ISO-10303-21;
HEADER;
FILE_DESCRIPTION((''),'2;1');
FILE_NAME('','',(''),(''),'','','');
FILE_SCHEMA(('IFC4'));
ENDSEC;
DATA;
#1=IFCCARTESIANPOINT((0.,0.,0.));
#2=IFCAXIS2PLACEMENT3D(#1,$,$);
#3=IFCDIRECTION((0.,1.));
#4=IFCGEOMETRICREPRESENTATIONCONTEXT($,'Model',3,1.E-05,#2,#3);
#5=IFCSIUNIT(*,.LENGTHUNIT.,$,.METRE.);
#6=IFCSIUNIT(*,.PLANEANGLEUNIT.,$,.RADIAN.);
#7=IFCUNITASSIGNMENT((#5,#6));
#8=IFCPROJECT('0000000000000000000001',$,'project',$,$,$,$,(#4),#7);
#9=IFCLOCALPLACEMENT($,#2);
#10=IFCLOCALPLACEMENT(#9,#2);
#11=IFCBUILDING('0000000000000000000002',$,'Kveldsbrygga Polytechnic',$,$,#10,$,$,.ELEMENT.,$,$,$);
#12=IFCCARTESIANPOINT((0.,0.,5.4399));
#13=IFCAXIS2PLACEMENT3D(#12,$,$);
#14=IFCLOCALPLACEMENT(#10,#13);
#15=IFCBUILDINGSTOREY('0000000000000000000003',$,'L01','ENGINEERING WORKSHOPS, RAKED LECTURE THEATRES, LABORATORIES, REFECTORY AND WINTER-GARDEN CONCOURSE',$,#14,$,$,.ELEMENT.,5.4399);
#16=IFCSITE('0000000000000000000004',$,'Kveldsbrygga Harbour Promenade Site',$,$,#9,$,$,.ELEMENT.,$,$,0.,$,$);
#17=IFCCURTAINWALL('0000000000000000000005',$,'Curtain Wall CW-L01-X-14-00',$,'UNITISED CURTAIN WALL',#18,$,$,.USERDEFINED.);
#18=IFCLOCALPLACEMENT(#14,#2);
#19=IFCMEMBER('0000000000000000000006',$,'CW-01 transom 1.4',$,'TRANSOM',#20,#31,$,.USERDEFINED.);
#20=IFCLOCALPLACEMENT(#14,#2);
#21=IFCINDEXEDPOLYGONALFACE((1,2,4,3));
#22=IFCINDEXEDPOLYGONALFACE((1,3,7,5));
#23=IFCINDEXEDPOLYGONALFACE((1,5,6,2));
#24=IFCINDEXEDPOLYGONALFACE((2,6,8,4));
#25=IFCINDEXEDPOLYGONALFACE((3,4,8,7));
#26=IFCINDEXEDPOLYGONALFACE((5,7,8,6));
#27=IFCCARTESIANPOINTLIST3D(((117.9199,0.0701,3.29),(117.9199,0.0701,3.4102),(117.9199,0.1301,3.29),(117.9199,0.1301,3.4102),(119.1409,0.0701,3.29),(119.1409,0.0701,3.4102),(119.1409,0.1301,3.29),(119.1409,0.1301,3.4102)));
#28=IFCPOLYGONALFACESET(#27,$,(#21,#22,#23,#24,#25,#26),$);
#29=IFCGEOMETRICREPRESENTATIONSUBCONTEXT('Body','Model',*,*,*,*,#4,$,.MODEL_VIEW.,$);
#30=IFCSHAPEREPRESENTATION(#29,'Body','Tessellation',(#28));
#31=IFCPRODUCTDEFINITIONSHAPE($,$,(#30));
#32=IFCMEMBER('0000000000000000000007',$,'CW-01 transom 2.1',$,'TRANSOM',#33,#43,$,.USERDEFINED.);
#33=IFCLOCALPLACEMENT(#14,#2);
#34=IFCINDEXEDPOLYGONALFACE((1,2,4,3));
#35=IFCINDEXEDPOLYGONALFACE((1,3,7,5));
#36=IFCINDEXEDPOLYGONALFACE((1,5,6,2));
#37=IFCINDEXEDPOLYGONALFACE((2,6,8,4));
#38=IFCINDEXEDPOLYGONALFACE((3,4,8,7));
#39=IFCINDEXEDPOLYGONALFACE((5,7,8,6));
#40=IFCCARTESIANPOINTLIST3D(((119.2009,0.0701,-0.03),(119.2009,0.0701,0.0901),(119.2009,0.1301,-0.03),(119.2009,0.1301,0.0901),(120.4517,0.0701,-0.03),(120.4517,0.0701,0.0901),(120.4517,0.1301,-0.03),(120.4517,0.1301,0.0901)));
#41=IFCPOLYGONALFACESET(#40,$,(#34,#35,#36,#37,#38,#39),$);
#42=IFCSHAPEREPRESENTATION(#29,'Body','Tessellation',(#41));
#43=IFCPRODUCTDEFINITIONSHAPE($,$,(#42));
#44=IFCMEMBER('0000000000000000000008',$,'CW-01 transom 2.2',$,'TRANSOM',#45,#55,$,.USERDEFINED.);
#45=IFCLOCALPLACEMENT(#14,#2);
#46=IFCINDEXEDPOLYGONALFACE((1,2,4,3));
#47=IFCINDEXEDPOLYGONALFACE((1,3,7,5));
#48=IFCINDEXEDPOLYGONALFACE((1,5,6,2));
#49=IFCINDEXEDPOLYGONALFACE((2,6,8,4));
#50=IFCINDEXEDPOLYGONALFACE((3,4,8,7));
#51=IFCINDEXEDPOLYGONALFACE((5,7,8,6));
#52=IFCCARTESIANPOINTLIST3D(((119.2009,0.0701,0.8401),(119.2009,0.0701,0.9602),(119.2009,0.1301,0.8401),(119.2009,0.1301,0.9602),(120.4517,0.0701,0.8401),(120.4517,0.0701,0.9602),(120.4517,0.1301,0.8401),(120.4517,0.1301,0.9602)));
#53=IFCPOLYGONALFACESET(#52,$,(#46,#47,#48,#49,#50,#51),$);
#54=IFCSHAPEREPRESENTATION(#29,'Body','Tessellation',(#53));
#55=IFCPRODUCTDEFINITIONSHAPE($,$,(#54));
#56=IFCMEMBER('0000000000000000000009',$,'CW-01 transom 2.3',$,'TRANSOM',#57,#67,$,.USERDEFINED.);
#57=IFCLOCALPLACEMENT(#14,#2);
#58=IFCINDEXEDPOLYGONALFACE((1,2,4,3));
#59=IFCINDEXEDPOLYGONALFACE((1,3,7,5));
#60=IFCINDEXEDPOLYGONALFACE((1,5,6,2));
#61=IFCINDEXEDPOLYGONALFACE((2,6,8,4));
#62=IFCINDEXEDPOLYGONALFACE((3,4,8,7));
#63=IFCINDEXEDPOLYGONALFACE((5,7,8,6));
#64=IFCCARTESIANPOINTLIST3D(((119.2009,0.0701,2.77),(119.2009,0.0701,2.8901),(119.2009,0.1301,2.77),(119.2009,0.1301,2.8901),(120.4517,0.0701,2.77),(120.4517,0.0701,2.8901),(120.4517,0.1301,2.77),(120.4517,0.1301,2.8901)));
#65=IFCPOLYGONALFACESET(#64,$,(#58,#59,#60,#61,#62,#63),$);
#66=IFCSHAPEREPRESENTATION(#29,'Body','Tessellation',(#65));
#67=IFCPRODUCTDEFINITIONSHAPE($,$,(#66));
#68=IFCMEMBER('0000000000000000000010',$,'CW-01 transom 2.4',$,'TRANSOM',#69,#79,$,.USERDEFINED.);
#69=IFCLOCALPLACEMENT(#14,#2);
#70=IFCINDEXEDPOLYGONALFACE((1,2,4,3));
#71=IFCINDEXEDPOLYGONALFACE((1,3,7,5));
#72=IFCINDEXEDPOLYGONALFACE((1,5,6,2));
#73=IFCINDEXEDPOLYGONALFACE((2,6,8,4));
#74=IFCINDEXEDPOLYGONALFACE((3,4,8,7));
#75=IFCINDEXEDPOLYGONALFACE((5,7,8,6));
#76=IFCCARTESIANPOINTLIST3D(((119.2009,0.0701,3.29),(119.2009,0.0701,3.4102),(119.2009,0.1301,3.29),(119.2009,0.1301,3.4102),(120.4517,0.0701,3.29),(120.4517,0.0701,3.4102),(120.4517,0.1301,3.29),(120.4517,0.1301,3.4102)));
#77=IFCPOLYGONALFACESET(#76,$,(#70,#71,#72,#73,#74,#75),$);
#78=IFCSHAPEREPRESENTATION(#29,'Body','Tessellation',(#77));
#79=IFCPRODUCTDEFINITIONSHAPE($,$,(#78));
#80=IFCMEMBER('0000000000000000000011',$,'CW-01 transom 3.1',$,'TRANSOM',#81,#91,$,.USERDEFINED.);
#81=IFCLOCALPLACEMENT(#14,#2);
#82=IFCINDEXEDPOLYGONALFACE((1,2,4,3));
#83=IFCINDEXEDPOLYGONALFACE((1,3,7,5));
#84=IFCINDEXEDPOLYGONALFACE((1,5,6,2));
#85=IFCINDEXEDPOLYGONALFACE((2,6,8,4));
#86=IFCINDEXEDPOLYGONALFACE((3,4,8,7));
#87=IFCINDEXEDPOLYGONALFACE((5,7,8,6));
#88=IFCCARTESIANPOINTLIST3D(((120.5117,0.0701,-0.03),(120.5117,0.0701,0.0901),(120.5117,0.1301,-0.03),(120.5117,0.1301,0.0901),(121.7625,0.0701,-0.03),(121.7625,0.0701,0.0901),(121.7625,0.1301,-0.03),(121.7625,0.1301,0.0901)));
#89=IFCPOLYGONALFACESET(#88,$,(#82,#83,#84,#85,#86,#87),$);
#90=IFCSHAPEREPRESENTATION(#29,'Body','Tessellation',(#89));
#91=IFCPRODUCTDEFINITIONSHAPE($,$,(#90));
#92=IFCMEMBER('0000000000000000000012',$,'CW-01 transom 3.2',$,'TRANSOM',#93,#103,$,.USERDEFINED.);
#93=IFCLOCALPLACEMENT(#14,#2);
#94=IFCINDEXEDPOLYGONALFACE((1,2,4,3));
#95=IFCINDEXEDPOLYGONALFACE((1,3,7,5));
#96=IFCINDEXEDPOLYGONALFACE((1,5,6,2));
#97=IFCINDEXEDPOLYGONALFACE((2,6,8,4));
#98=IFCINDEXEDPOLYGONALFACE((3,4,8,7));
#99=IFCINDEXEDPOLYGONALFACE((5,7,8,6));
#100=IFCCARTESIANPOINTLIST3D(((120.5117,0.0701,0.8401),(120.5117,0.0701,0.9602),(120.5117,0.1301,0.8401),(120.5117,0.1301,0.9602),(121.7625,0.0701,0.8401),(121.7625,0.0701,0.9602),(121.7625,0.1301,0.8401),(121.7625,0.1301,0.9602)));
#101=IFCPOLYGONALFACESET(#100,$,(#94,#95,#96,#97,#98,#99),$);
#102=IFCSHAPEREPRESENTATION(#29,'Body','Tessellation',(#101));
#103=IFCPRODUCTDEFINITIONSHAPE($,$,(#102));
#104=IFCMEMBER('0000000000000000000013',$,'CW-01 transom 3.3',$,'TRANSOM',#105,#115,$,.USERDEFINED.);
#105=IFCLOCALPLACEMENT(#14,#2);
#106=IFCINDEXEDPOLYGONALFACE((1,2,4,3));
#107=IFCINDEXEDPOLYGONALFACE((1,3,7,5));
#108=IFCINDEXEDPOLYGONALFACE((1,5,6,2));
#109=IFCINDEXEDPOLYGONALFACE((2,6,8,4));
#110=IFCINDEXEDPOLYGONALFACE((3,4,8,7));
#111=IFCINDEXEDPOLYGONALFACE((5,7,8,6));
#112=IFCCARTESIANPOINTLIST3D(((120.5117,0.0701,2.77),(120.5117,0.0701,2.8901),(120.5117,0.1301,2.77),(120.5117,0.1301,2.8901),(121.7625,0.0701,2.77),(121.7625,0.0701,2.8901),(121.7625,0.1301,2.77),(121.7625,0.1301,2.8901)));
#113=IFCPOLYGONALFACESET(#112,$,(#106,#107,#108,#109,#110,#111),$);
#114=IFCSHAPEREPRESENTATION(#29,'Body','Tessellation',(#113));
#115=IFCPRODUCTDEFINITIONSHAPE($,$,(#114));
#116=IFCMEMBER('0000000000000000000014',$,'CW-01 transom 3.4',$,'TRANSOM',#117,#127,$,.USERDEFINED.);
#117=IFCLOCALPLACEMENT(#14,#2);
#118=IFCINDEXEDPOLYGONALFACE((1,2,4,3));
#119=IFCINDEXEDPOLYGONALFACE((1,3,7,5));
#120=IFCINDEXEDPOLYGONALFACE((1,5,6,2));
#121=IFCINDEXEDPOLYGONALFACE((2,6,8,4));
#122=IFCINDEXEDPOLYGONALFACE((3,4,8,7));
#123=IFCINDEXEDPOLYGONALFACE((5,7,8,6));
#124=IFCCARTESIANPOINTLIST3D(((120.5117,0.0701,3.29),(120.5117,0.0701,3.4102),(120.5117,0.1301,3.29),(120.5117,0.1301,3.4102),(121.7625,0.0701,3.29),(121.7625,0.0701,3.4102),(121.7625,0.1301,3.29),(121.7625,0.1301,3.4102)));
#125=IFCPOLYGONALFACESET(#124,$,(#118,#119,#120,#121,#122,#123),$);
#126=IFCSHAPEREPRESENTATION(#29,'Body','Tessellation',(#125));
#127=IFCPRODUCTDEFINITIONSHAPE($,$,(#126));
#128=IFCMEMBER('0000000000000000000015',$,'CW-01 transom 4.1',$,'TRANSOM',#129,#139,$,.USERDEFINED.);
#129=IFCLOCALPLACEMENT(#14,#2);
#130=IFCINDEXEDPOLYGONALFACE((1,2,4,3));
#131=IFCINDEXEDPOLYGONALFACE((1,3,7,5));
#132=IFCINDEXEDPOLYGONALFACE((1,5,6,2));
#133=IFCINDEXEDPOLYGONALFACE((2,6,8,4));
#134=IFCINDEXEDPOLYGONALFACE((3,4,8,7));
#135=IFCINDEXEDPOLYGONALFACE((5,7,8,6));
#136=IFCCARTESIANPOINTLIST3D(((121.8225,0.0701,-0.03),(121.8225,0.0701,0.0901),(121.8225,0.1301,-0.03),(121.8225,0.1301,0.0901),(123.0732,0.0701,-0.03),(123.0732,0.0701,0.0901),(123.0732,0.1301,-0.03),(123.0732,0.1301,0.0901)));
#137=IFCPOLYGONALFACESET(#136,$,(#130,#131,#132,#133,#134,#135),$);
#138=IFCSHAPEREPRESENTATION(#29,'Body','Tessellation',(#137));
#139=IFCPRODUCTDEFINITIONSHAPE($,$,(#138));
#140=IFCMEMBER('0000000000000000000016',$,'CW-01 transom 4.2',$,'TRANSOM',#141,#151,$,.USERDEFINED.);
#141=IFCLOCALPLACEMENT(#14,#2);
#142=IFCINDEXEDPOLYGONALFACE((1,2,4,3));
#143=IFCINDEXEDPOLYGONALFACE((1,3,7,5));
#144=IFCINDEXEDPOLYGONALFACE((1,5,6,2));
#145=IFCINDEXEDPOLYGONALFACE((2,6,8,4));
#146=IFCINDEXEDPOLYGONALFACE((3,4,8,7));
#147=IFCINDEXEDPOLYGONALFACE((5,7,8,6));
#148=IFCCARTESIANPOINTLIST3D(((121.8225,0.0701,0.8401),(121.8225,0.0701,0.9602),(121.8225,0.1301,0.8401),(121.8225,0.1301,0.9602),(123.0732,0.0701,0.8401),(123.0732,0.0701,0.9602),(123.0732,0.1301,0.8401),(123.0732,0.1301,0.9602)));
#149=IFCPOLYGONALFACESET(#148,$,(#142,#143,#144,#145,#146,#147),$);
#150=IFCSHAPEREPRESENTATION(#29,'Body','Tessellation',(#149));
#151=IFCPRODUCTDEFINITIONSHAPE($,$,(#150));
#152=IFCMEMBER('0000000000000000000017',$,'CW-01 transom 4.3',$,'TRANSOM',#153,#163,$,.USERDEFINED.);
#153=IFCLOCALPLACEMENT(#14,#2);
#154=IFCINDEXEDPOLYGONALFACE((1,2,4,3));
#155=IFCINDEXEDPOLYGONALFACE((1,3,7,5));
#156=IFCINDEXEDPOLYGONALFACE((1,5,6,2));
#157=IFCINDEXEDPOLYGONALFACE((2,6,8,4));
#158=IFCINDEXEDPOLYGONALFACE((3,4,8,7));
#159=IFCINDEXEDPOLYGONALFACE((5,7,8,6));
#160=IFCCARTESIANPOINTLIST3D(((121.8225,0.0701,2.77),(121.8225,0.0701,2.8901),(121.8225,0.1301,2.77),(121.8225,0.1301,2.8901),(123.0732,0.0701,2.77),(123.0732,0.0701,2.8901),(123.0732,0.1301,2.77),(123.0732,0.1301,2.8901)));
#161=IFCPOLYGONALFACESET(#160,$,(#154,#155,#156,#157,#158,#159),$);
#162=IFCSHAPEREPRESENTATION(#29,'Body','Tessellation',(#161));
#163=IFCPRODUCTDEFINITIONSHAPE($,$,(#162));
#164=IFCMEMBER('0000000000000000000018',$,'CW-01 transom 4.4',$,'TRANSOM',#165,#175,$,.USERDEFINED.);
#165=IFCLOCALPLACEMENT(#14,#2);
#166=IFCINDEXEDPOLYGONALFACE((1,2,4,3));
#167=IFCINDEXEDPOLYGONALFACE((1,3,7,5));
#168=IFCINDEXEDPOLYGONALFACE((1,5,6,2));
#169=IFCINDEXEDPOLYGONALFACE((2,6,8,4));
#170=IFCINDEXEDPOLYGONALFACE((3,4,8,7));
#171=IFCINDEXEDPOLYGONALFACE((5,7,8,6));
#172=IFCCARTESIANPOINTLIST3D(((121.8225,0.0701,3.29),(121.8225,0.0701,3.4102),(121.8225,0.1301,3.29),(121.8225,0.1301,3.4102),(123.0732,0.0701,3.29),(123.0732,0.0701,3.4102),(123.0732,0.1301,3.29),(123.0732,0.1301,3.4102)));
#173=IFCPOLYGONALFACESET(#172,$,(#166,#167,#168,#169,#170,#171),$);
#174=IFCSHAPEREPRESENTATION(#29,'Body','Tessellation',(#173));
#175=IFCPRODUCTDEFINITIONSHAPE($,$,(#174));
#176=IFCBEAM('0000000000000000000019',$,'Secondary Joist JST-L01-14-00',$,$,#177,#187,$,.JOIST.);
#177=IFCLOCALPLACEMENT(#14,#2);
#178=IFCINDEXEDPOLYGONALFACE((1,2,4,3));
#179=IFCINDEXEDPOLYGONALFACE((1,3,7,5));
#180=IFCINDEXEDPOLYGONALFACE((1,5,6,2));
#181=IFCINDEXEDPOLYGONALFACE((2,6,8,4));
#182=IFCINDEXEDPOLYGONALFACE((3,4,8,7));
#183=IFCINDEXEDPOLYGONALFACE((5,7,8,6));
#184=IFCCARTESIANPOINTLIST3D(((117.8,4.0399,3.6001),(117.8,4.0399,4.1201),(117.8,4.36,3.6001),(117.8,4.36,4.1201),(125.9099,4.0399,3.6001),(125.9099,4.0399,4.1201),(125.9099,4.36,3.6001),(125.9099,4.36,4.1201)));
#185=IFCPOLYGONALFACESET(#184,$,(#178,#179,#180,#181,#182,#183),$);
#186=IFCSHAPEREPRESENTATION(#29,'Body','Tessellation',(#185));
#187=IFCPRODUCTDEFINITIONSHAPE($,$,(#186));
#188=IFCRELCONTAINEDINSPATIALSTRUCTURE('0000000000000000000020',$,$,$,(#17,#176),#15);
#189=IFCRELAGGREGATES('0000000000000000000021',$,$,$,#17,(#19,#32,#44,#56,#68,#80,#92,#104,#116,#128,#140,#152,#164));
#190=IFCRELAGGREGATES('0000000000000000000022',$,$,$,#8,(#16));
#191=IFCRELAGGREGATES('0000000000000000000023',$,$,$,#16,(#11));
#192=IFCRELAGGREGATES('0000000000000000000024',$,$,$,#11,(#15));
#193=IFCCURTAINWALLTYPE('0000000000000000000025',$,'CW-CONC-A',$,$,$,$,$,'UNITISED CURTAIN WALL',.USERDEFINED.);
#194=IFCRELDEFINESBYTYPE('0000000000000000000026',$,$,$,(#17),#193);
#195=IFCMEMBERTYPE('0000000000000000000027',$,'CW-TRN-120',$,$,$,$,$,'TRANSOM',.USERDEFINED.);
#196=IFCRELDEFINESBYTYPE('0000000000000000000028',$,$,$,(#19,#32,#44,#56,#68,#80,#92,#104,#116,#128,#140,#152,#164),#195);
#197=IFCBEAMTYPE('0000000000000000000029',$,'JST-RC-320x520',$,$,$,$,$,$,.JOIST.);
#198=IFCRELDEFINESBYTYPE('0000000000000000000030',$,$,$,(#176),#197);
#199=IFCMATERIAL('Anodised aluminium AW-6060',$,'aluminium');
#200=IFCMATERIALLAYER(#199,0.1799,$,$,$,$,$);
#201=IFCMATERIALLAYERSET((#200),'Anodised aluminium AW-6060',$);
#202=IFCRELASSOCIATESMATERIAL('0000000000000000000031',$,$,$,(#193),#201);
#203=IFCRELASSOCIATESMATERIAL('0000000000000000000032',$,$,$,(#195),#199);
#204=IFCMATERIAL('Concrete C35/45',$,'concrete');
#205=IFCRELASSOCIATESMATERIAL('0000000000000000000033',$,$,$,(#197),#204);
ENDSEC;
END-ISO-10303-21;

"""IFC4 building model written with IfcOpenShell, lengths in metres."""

from ifc_helpers import new_model, si_unit, direction, frame, origin, origin_2d, place, context, subcontext, project, spatial, rectangle, extrude, material, layer, layer_set, material_profile, profile_set, type_object, element, aggregate, save


model = new_model("IFC4")

# Units and contexts
model_context = context("Model", 3, precision=1e-05, world=origin(), true_north=direction((0.0, 1.0)))
body_context = subcontext(model_context, "Body", "Model", "MODEL_VIEW")
ifc_project = project(units=[si_unit("LENGTHUNIT", "METRE"), si_unit("PLANEANGLEUNIT", "RADIAN")], contexts=[model_context])

# Site, building, storey
site_placement = place(None, origin())
site = spatial("IfcSite", under=ifc_project, at=site_placement, Name="Kveldsbrygga Harbour Promenade Site", CompositionType="ELEMENT", RefElevation=0.0)
building_placement = place(site_placement, origin())
building = spatial("IfcBuilding", under=site, at=building_placement, Name="Kveldsbrygga Polytechnic", CompositionType="ELEMENT")
storey_placement = place(building_placement, frame((0.0, 0.0, 5.4399)))
storey = spatial("IfcBuildingStorey", under=building, at=storey_placement, Name="L01", Description="ENGINEERING WORKSHOPS, RAKED LECTURE THEATRES, LABORATORIES, REFECTORY AND WINTER-GARDEN CONCOURSE", CompositionType="ELEMENT", Elevation=5.4399)

# Shared definitions
ifc_material_1 = material(Name="Concrete C35/45", Category="concrete")

# Curtain wall, members
ifc_material_2 = material(Name="Anodised aluminium AW-6060", Category="aluminium")
ifc_layer_1 = layer(ifc_material_2, 0.1799)
ifc_layer_set_1 = layer_set([ifc_layer_1], Name="Anodised aluminium AW-6060")
curtain_wall_type = type_object("IfcCurtainWallType", Name="CW-CONC-A", ElementType="UNITISED CURTAIN WALL", PredefinedType="USERDEFINED", material=ifc_layer_set_1)
curtain_wall_placement = place(storey_placement, origin())
curtain_wall = element("IfcCurtainWall", 1, at=curtain_wall_placement, inside=storey, type_object=curtain_wall_type, Name="Curtain Wall CW-L01-X-14-00", ObjectType="UNITISED CURTAIN WALL", PredefinedType="USERDEFINED")
ifc_material_profile_1 = material_profile(ifc_material_2, rectangle(XDim=0.0601, YDim=0.1201, at=origin_2d()), Name="ALU 60x120")
ifc_profile_set_1 = profile_set([ifc_material_profile_1], Name="Anodised aluminium AW-6060")
member_type_1 = type_object("IfcMemberType", Name="CW-TRN-120", ElementType="TRANSOM", PredefinedType="USERDEFINED", material=ifc_profile_set_1)
member_1_placement = place(storey_placement, frame((117.9199, 0.1001, 3.3501), z_axis=(1.0, 0.0, 0.0), x_axis=(0.0, 1.0, 0.0)))
member_1 = element("IfcMember", 2, at=member_1_placement, type_object=member_type_1, Name="CW-01 transom 1.4", ObjectType="TRANSOM", PredefinedType="USERDEFINED", context=body_context, shape_type="SweptSolid", body=[
    extrude(rectangle(XDim=0.0601, YDim=0.1201, at=origin_2d()), origin(), (0.0, 0.0, 1.0), 1.2209),
])
member_2_placement = place(storey_placement, frame((119.2009, 0.1001, 0.03), z_axis=(1.0, 0.0, 0.0), x_axis=(0.0, 1.0, 0.0)))
member_2 = element("IfcMember", 3, at=member_2_placement, type_object=member_type_1, Name="CW-01 transom 2.1", ObjectType="TRANSOM", PredefinedType="USERDEFINED", context=body_context, shape_type="SweptSolid", body=[
    extrude(rectangle(XDim=0.0601, YDim=0.1201, at=origin_2d()), origin(), (0.0, 0.0, 1.0), 1.2507),
])
member_3_placement = place(storey_placement, frame((119.2009, 0.1001, 0.9001), z_axis=(1.0, 0.0, 0.0), x_axis=(0.0, 1.0, 0.0)))
member_3 = element("IfcMember", 4, at=member_3_placement, type_object=member_type_1, Name="CW-01 transom 2.2", ObjectType="TRANSOM", PredefinedType="USERDEFINED", context=body_context, shape_type="SweptSolid", body=[
    extrude(rectangle(XDim=0.0601, YDim=0.1201, at=origin_2d()), origin(), (0.0, 0.0, 1.0), 1.2507),
])
member_4_placement = place(storey_placement, frame((119.2009, 0.1001, 2.8301), z_axis=(1.0, 0.0, 0.0), x_axis=(0.0, 1.0, 0.0)))
member_4 = element("IfcMember", 5, at=member_4_placement, type_object=member_type_1, Name="CW-01 transom 2.3", ObjectType="TRANSOM", PredefinedType="USERDEFINED", context=body_context, shape_type="SweptSolid", body=[
    extrude(rectangle(XDim=0.0601, YDim=0.1201, at=origin_2d()), origin(), (0.0, 0.0, 1.0), 1.2507),
])
member_5_placement = place(storey_placement, frame((119.2009, 0.1001, 3.3501), z_axis=(1.0, 0.0, 0.0), x_axis=(0.0, 1.0, 0.0)))
member_5 = element("IfcMember", 6, at=member_5_placement, type_object=member_type_1, Name="CW-01 transom 2.4", ObjectType="TRANSOM", PredefinedType="USERDEFINED", context=body_context, shape_type="SweptSolid", body=[
    extrude(rectangle(XDim=0.0601, YDim=0.1201, at=origin_2d()), origin(), (0.0, 0.0, 1.0), 1.2507),
])
member_6_placement = place(storey_placement, frame((120.5117, 0.1001, 0.03), z_axis=(1.0, 0.0, 0.0), x_axis=(0.0, 1.0, 0.0)))
member_6 = element("IfcMember", 7, at=member_6_placement, type_object=member_type_1, Name="CW-01 transom 3.1", ObjectType="TRANSOM", PredefinedType="USERDEFINED", context=body_context, shape_type="SweptSolid", body=[
    extrude(rectangle(XDim=0.0601, YDim=0.1201, at=origin_2d()), origin(), (0.0, 0.0, 1.0), 1.2507),
])
member_7_placement = place(storey_placement, frame((120.5117, 0.1001, 0.9001), z_axis=(1.0, 0.0, 0.0), x_axis=(0.0, 1.0, 0.0)))
member_7 = element("IfcMember", 8, at=member_7_placement, type_object=member_type_1, Name="CW-01 transom 3.2", ObjectType="TRANSOM", PredefinedType="USERDEFINED", context=body_context, shape_type="SweptSolid", body=[
    extrude(rectangle(XDim=0.0601, YDim=0.1201, at=origin_2d()), origin(), (0.0, 0.0, 1.0), 1.2507),
])
member_8_placement = place(storey_placement, frame((120.5117, 0.1001, 2.8301), z_axis=(1.0, 0.0, 0.0), x_axis=(0.0, 1.0, 0.0)))
member_8 = element("IfcMember", 9, at=member_8_placement, type_object=member_type_1, Name="CW-01 transom 3.3", ObjectType="TRANSOM", PredefinedType="USERDEFINED", context=body_context, shape_type="SweptSolid", body=[
    extrude(rectangle(XDim=0.0601, YDim=0.1201, at=origin_2d()), origin(), (0.0, 0.0, 1.0), 1.2507),
])
member_9_placement = place(storey_placement, frame((120.5117, 0.1001, 3.3501), z_axis=(1.0, 0.0, 0.0), x_axis=(0.0, 1.0, 0.0)))
member_9 = element("IfcMember", 10, at=member_9_placement, type_object=member_type_1, Name="CW-01 transom 3.4", ObjectType="TRANSOM", PredefinedType="USERDEFINED", context=body_context, shape_type="SweptSolid", body=[
    extrude(rectangle(XDim=0.0601, YDim=0.1201, at=origin_2d()), origin(), (0.0, 0.0, 1.0), 1.2507),
])
member_10_placement = place(storey_placement, frame((121.8225, 0.1001, 0.03), z_axis=(1.0, 0.0, 0.0), x_axis=(0.0, 1.0, 0.0)))
member_10 = element("IfcMember", 11, at=member_10_placement, type_object=member_type_1, Name="CW-01 transom 4.1", ObjectType="TRANSOM", PredefinedType="USERDEFINED", context=body_context, shape_type="SweptSolid", body=[
    extrude(rectangle(XDim=0.0601, YDim=0.1201, at=origin_2d()), origin(), (0.0, 0.0, 1.0), 1.2507),
])
member_11_placement = place(storey_placement, frame((121.8225, 0.1001, 0.9001), z_axis=(1.0, 0.0, 0.0), x_axis=(0.0, 1.0, 0.0)))
member_11 = element("IfcMember", 12, at=member_11_placement, type_object=member_type_1, Name="CW-01 transom 4.2", ObjectType="TRANSOM", PredefinedType="USERDEFINED", context=body_context, shape_type="SweptSolid", body=[
    extrude(rectangle(XDim=0.0601, YDim=0.1201, at=origin_2d()), origin(), (0.0, 0.0, 1.0), 1.2507),
])
member_12_placement = place(storey_placement, frame((121.8225, 0.1001, 2.8301), z_axis=(1.0, 0.0, 0.0), x_axis=(0.0, 1.0, 0.0)))
member_12 = element("IfcMember", 13, at=member_12_placement, type_object=member_type_1, Name="CW-01 transom 4.3", ObjectType="TRANSOM", PredefinedType="USERDEFINED", context=body_context, shape_type="SweptSolid", body=[
    extrude(rectangle(XDim=0.0601, YDim=0.1201, at=origin_2d()), origin(), (0.0, 0.0, 1.0), 1.2507),
])
member_13_placement = place(storey_placement, frame((121.8225, 0.1001, 3.3501), z_axis=(1.0, 0.0, 0.0), x_axis=(0.0, 1.0, 0.0)))
member_13 = element("IfcMember", 14, at=member_13_placement, type_object=member_type_1, Name="CW-01 transom 4.4", ObjectType="TRANSOM", PredefinedType="USERDEFINED", context=body_context, shape_type="SweptSolid", body=[
    extrude(rectangle(XDim=0.0601, YDim=0.1201, at=origin_2d()), origin(), (0.0, 0.0, 1.0), 1.2507),
])

# Beam
ifc_material_profile_2 = material_profile(ifc_material_1, rectangle(XDim=0.3201, YDim=0.52, at=origin_2d()), Name="RC 320x520")
ifc_profile_set_2 = profile_set([ifc_material_profile_2], Name="Concrete C35/45")
beam_type_1 = type_object("IfcBeamType", Name="JST-RC-320x520", PredefinedType="JOIST", material=ifc_profile_set_2)
beam_1_placement = place(storey_placement, frame((117.8, 4.2, 3.8601), z_axis=(1.0, 0.0, 0.0), x_axis=(0.0, 1.0, 0.0)))
element("IfcBeam", 15, at=beam_1_placement, inside=storey, type_object=beam_type_1, Name="Secondary Joist JST-L01-14-00", PredefinedType="JOIST", context=body_context, shape_type="SweptSolid", body=[
    extrude(rectangle(XDim=0.3201, YDim=0.52, at=origin_2d()), origin(), (0.0, 0.0, 1.0), 8.1099),
])

aggregate(curtain_wall, [member_1, member_2, member_3, member_4, member_5, member_6, member_7, member_8, member_9, member_10, member_11, member_12, member_13])

save(model, "model.ifc")
